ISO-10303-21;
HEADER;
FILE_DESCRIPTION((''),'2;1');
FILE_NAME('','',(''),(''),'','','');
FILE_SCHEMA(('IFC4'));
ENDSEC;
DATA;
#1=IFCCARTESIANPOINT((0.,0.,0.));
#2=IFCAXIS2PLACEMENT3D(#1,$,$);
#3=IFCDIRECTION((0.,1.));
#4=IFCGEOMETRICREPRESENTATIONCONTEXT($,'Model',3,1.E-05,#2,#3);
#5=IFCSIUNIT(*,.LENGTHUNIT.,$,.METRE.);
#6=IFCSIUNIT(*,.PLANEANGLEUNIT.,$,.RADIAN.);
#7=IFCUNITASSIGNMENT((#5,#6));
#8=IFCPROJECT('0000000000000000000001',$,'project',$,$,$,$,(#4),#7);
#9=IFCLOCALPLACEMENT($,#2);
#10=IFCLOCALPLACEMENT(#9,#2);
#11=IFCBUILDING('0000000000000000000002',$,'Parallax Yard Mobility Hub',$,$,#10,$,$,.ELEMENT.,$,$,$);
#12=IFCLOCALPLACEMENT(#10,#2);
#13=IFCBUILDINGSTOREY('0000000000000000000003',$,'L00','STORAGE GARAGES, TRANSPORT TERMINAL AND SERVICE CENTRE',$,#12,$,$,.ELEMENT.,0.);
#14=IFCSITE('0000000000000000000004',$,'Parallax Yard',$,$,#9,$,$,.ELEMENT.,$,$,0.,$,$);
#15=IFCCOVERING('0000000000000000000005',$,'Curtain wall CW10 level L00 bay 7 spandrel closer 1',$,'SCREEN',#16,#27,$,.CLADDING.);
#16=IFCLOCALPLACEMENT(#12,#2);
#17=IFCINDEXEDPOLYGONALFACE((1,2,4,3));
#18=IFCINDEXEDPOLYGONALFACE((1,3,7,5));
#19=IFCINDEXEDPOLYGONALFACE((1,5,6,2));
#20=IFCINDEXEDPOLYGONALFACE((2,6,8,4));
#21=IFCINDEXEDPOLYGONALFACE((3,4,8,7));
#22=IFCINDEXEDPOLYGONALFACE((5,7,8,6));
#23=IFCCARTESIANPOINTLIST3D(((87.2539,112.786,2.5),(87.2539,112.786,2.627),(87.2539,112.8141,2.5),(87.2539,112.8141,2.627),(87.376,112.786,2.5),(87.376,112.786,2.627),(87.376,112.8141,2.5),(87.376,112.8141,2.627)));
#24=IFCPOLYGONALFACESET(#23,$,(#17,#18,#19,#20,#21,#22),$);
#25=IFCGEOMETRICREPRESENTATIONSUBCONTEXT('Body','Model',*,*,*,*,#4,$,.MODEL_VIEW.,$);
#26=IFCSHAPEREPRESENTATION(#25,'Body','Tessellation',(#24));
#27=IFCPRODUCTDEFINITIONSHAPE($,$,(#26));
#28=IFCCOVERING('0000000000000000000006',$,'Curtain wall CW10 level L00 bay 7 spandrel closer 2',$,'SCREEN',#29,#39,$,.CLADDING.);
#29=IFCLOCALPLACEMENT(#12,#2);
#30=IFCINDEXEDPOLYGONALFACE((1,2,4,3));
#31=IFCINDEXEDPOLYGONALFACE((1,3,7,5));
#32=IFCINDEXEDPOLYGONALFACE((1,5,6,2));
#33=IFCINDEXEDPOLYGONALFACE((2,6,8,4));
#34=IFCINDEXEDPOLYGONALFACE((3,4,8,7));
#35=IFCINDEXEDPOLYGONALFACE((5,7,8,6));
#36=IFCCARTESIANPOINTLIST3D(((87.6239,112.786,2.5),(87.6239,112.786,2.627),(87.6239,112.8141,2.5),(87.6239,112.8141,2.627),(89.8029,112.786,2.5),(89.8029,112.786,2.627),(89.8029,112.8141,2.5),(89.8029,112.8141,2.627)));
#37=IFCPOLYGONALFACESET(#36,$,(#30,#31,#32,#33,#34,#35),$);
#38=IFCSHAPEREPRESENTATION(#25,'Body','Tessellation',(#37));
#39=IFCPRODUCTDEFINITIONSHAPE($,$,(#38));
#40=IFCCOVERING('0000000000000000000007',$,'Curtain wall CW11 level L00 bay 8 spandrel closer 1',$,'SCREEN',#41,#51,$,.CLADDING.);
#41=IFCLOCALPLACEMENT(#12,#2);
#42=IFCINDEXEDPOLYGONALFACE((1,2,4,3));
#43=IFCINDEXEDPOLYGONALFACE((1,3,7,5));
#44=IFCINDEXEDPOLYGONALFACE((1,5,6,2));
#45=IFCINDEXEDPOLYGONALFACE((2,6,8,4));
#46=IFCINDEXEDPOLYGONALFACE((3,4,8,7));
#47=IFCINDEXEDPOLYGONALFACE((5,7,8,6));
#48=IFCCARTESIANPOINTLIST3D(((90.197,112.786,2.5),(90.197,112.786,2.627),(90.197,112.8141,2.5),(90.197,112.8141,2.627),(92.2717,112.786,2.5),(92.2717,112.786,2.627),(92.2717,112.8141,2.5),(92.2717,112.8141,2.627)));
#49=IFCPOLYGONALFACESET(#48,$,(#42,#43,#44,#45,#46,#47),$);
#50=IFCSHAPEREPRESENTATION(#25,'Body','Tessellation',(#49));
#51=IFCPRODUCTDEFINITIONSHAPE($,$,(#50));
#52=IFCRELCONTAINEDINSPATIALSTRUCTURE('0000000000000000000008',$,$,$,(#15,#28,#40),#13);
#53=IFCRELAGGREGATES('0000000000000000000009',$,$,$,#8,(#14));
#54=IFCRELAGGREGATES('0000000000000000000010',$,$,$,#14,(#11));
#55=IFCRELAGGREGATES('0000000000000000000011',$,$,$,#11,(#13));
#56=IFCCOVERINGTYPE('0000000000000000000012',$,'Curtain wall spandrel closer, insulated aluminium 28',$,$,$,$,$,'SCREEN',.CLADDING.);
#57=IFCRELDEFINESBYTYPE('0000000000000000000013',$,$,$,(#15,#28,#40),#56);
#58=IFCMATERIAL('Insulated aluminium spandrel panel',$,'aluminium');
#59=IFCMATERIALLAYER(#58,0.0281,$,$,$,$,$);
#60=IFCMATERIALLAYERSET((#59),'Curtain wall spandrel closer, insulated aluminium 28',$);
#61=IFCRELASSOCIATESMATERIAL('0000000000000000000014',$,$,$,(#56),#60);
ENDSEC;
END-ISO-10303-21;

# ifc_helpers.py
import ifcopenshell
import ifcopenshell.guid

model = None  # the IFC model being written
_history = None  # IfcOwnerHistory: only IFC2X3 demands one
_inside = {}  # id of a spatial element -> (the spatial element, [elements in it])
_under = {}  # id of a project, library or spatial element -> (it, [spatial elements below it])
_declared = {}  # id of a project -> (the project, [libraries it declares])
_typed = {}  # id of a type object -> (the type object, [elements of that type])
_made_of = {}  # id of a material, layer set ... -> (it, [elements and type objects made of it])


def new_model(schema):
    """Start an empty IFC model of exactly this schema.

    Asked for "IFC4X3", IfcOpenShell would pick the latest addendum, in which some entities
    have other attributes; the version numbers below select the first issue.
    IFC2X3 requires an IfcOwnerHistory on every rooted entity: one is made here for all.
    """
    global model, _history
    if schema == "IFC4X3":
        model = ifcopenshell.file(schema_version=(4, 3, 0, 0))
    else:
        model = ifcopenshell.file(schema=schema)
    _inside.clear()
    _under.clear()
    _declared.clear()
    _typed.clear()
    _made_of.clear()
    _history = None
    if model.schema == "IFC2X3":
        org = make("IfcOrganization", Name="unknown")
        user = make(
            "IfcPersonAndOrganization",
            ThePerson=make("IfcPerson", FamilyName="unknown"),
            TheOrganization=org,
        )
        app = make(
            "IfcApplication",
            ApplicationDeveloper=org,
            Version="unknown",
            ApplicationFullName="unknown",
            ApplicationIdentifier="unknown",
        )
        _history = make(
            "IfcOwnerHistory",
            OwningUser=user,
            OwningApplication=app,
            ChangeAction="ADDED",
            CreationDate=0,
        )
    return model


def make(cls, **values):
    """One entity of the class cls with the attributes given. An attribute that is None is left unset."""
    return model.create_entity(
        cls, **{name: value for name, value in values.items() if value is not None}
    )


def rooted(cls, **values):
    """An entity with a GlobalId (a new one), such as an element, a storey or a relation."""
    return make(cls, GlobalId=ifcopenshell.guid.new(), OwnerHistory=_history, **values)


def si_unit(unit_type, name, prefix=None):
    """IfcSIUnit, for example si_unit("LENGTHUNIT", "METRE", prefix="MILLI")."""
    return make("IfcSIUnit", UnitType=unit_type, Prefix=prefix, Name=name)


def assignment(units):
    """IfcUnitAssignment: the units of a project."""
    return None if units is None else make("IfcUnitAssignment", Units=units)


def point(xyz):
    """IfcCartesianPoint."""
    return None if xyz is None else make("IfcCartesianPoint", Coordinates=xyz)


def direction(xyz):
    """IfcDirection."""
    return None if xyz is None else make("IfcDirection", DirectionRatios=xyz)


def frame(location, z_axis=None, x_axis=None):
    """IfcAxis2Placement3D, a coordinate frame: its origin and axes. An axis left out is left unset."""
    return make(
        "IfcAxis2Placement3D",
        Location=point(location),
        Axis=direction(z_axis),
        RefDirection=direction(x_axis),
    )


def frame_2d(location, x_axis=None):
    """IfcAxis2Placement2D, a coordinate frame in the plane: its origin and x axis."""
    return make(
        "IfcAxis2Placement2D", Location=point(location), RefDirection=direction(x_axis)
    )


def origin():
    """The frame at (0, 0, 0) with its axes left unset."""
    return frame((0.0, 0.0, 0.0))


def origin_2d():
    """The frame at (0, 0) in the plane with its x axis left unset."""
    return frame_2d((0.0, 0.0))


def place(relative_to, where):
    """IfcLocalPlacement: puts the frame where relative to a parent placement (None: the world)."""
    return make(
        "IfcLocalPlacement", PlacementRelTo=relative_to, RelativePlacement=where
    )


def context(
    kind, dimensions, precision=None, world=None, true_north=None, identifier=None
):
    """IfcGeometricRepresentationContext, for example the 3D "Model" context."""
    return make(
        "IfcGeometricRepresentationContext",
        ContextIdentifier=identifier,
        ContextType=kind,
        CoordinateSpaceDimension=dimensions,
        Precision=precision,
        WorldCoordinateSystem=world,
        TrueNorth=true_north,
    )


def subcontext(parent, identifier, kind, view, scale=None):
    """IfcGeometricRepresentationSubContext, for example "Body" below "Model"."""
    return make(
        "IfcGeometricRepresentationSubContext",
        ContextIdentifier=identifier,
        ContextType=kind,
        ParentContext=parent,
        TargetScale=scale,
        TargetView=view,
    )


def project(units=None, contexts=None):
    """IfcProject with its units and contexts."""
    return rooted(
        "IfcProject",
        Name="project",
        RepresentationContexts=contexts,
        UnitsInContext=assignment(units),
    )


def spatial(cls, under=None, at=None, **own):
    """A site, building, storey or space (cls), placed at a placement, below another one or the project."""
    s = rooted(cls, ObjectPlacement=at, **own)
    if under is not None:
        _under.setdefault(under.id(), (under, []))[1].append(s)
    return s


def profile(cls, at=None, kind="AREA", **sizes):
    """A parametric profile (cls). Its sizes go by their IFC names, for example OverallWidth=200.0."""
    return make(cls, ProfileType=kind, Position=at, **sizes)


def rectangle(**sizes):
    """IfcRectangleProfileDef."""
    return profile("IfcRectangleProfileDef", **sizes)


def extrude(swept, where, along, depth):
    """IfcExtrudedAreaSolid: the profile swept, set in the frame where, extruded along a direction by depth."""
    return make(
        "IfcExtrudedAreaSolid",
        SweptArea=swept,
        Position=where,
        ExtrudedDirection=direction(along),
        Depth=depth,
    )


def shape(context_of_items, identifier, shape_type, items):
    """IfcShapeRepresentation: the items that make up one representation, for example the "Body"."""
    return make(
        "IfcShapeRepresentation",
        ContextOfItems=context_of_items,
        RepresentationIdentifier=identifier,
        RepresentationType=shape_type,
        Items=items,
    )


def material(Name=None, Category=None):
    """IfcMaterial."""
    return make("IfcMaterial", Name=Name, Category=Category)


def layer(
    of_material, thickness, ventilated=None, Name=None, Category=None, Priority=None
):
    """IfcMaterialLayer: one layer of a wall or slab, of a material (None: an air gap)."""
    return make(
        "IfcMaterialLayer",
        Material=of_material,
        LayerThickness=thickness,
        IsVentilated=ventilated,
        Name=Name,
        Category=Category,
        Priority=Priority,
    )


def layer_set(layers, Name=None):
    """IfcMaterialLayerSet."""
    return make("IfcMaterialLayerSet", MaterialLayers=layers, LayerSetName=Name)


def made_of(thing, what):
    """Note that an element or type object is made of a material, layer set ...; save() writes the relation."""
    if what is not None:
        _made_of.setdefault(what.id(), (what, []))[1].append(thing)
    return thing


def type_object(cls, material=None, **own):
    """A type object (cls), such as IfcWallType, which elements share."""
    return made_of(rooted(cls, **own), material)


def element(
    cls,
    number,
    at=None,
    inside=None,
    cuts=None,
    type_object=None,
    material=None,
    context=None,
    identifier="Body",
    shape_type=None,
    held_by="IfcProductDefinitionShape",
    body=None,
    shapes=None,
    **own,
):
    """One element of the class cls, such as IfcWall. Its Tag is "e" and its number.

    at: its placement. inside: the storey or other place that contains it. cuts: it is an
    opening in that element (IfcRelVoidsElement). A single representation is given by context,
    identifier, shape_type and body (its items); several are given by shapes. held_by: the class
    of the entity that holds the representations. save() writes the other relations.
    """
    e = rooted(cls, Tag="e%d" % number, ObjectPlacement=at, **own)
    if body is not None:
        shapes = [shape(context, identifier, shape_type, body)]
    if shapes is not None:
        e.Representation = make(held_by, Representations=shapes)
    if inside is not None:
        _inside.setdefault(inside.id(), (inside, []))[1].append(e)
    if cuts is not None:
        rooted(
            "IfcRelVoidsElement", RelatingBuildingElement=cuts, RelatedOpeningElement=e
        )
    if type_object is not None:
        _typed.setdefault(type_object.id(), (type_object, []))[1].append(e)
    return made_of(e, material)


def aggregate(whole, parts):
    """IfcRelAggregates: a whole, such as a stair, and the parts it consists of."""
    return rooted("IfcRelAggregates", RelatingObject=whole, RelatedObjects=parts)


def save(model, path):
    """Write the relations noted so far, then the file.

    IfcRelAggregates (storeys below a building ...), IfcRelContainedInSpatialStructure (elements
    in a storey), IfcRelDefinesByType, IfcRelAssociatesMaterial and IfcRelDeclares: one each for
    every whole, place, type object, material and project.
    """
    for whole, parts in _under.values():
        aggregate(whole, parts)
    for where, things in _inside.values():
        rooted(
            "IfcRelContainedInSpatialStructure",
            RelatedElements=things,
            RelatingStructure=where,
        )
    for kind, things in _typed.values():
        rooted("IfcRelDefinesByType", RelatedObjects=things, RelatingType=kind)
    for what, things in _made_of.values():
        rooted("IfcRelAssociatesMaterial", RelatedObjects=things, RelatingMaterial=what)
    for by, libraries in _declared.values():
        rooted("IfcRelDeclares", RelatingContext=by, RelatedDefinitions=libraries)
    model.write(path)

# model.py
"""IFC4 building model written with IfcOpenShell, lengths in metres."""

from ifc_helpers import new_model, si_unit, direction, frame, origin, origin_2d, place, context, subcontext, project, spatial, rectangle, extrude, material, layer, layer_set, type_object, element, save


model = new_model("IFC4")

# Units and contexts
model_context = context("Model", 3, precision=1e-05, world=origin(), true_north=direction((0.0, 1.0)))
body_context = subcontext(model_context, "Body", "Model", "MODEL_VIEW")
ifc_project = project(units=[si_unit("LENGTHUNIT", "METRE"), si_unit("PLANEANGLEUNIT", "RADIAN")], contexts=[model_context])

# Site, building, storey
site_placement = place(None, origin())
site = spatial("IfcSite", under=ifc_project, at=site_placement, Name="Parallax Yard", CompositionType="ELEMENT", RefElevation=0.0)
building_placement = place(site_placement, origin())
building = spatial("IfcBuilding", under=site, at=building_placement, Name="Parallax Yard Mobility Hub", CompositionType="ELEMENT")
storey_placement = place(building_placement, origin())
storey = spatial("IfcBuildingStorey", under=building, at=storey_placement, Name="L00", Description="STORAGE GARAGES, TRANSPORT TERMINAL AND SERVICE CENTRE", CompositionType="ELEMENT", Elevation=0.0)

# Coverings
ifc_material_1 = material(Name="Insulated aluminium spandrel panel", Category="aluminium")
ifc_layer_1 = layer(ifc_material_1, 0.0281)
ifc_layer_set_1 = layer_set([ifc_layer_1], Name="Curtain wall spandrel closer, insulated aluminium 28")
covering_type = type_object("IfcCoveringType", Name="Curtain wall spandrel closer, insulated aluminium 28", ElementType="SCREEN", PredefinedType="CLADDING", material=ifc_layer_set_1)
covering_1_placement = place(storey_placement, frame((87.3149, 112.8, 2.5), z_axis=(0.0, 0.0, 1.0), x_axis=(1.0, 0.0, 0.0)))
element("IfcCovering", 1, at=covering_1_placement, inside=storey, type_object=covering_type, Name="Curtain wall CW10 level L00 bay 7 spandrel closer 1", ObjectType="SCREEN", PredefinedType="CLADDING", context=body_context, shape_type="SweptSolid", body=[
    extrude(rectangle(XDim=0.1221, YDim=0.0281, at=origin_2d()), origin(), (0.0, 0.0, 1.0), 0.127),
])
covering_2_placement = place(storey_placement, frame((88.7134, 112.8, 2.5), z_axis=(0.0, 0.0, 1.0), x_axis=(1.0, 0.0, 0.0)))
element("IfcCovering", 2, at=covering_2_placement, inside=storey, type_object=covering_type, Name="Curtain wall CW10 level L00 bay 7 spandrel closer 2", ObjectType="SCREEN", PredefinedType="CLADDING", context=body_context, shape_type="SweptSolid", body=[
    extrude(rectangle(XDim=2.179, YDim=0.0281, at=origin_2d()), origin(), (0.0, 0.0, 1.0), 0.127),
])
covering_3_placement = place(storey_placement, frame((91.2344, 112.8, 2.5), z_axis=(0.0, 0.0, 1.0), x_axis=(1.0, 0.0, 0.0)))
element("IfcCovering", 3, at=covering_3_placement, inside=storey, type_object=covering_type, Name="Curtain wall CW11 level L00 bay 8 spandrel closer 1", ObjectType="SCREEN", PredefinedType="CLADDING", context=body_context, shape_type="SweptSolid", body=[
    extrude(rectangle(XDim=2.0747, YDim=0.0281, at=origin_2d()), origin(), (0.0, 0.0, 1.0), 0.127),
])

save(model, "model.ifc")
